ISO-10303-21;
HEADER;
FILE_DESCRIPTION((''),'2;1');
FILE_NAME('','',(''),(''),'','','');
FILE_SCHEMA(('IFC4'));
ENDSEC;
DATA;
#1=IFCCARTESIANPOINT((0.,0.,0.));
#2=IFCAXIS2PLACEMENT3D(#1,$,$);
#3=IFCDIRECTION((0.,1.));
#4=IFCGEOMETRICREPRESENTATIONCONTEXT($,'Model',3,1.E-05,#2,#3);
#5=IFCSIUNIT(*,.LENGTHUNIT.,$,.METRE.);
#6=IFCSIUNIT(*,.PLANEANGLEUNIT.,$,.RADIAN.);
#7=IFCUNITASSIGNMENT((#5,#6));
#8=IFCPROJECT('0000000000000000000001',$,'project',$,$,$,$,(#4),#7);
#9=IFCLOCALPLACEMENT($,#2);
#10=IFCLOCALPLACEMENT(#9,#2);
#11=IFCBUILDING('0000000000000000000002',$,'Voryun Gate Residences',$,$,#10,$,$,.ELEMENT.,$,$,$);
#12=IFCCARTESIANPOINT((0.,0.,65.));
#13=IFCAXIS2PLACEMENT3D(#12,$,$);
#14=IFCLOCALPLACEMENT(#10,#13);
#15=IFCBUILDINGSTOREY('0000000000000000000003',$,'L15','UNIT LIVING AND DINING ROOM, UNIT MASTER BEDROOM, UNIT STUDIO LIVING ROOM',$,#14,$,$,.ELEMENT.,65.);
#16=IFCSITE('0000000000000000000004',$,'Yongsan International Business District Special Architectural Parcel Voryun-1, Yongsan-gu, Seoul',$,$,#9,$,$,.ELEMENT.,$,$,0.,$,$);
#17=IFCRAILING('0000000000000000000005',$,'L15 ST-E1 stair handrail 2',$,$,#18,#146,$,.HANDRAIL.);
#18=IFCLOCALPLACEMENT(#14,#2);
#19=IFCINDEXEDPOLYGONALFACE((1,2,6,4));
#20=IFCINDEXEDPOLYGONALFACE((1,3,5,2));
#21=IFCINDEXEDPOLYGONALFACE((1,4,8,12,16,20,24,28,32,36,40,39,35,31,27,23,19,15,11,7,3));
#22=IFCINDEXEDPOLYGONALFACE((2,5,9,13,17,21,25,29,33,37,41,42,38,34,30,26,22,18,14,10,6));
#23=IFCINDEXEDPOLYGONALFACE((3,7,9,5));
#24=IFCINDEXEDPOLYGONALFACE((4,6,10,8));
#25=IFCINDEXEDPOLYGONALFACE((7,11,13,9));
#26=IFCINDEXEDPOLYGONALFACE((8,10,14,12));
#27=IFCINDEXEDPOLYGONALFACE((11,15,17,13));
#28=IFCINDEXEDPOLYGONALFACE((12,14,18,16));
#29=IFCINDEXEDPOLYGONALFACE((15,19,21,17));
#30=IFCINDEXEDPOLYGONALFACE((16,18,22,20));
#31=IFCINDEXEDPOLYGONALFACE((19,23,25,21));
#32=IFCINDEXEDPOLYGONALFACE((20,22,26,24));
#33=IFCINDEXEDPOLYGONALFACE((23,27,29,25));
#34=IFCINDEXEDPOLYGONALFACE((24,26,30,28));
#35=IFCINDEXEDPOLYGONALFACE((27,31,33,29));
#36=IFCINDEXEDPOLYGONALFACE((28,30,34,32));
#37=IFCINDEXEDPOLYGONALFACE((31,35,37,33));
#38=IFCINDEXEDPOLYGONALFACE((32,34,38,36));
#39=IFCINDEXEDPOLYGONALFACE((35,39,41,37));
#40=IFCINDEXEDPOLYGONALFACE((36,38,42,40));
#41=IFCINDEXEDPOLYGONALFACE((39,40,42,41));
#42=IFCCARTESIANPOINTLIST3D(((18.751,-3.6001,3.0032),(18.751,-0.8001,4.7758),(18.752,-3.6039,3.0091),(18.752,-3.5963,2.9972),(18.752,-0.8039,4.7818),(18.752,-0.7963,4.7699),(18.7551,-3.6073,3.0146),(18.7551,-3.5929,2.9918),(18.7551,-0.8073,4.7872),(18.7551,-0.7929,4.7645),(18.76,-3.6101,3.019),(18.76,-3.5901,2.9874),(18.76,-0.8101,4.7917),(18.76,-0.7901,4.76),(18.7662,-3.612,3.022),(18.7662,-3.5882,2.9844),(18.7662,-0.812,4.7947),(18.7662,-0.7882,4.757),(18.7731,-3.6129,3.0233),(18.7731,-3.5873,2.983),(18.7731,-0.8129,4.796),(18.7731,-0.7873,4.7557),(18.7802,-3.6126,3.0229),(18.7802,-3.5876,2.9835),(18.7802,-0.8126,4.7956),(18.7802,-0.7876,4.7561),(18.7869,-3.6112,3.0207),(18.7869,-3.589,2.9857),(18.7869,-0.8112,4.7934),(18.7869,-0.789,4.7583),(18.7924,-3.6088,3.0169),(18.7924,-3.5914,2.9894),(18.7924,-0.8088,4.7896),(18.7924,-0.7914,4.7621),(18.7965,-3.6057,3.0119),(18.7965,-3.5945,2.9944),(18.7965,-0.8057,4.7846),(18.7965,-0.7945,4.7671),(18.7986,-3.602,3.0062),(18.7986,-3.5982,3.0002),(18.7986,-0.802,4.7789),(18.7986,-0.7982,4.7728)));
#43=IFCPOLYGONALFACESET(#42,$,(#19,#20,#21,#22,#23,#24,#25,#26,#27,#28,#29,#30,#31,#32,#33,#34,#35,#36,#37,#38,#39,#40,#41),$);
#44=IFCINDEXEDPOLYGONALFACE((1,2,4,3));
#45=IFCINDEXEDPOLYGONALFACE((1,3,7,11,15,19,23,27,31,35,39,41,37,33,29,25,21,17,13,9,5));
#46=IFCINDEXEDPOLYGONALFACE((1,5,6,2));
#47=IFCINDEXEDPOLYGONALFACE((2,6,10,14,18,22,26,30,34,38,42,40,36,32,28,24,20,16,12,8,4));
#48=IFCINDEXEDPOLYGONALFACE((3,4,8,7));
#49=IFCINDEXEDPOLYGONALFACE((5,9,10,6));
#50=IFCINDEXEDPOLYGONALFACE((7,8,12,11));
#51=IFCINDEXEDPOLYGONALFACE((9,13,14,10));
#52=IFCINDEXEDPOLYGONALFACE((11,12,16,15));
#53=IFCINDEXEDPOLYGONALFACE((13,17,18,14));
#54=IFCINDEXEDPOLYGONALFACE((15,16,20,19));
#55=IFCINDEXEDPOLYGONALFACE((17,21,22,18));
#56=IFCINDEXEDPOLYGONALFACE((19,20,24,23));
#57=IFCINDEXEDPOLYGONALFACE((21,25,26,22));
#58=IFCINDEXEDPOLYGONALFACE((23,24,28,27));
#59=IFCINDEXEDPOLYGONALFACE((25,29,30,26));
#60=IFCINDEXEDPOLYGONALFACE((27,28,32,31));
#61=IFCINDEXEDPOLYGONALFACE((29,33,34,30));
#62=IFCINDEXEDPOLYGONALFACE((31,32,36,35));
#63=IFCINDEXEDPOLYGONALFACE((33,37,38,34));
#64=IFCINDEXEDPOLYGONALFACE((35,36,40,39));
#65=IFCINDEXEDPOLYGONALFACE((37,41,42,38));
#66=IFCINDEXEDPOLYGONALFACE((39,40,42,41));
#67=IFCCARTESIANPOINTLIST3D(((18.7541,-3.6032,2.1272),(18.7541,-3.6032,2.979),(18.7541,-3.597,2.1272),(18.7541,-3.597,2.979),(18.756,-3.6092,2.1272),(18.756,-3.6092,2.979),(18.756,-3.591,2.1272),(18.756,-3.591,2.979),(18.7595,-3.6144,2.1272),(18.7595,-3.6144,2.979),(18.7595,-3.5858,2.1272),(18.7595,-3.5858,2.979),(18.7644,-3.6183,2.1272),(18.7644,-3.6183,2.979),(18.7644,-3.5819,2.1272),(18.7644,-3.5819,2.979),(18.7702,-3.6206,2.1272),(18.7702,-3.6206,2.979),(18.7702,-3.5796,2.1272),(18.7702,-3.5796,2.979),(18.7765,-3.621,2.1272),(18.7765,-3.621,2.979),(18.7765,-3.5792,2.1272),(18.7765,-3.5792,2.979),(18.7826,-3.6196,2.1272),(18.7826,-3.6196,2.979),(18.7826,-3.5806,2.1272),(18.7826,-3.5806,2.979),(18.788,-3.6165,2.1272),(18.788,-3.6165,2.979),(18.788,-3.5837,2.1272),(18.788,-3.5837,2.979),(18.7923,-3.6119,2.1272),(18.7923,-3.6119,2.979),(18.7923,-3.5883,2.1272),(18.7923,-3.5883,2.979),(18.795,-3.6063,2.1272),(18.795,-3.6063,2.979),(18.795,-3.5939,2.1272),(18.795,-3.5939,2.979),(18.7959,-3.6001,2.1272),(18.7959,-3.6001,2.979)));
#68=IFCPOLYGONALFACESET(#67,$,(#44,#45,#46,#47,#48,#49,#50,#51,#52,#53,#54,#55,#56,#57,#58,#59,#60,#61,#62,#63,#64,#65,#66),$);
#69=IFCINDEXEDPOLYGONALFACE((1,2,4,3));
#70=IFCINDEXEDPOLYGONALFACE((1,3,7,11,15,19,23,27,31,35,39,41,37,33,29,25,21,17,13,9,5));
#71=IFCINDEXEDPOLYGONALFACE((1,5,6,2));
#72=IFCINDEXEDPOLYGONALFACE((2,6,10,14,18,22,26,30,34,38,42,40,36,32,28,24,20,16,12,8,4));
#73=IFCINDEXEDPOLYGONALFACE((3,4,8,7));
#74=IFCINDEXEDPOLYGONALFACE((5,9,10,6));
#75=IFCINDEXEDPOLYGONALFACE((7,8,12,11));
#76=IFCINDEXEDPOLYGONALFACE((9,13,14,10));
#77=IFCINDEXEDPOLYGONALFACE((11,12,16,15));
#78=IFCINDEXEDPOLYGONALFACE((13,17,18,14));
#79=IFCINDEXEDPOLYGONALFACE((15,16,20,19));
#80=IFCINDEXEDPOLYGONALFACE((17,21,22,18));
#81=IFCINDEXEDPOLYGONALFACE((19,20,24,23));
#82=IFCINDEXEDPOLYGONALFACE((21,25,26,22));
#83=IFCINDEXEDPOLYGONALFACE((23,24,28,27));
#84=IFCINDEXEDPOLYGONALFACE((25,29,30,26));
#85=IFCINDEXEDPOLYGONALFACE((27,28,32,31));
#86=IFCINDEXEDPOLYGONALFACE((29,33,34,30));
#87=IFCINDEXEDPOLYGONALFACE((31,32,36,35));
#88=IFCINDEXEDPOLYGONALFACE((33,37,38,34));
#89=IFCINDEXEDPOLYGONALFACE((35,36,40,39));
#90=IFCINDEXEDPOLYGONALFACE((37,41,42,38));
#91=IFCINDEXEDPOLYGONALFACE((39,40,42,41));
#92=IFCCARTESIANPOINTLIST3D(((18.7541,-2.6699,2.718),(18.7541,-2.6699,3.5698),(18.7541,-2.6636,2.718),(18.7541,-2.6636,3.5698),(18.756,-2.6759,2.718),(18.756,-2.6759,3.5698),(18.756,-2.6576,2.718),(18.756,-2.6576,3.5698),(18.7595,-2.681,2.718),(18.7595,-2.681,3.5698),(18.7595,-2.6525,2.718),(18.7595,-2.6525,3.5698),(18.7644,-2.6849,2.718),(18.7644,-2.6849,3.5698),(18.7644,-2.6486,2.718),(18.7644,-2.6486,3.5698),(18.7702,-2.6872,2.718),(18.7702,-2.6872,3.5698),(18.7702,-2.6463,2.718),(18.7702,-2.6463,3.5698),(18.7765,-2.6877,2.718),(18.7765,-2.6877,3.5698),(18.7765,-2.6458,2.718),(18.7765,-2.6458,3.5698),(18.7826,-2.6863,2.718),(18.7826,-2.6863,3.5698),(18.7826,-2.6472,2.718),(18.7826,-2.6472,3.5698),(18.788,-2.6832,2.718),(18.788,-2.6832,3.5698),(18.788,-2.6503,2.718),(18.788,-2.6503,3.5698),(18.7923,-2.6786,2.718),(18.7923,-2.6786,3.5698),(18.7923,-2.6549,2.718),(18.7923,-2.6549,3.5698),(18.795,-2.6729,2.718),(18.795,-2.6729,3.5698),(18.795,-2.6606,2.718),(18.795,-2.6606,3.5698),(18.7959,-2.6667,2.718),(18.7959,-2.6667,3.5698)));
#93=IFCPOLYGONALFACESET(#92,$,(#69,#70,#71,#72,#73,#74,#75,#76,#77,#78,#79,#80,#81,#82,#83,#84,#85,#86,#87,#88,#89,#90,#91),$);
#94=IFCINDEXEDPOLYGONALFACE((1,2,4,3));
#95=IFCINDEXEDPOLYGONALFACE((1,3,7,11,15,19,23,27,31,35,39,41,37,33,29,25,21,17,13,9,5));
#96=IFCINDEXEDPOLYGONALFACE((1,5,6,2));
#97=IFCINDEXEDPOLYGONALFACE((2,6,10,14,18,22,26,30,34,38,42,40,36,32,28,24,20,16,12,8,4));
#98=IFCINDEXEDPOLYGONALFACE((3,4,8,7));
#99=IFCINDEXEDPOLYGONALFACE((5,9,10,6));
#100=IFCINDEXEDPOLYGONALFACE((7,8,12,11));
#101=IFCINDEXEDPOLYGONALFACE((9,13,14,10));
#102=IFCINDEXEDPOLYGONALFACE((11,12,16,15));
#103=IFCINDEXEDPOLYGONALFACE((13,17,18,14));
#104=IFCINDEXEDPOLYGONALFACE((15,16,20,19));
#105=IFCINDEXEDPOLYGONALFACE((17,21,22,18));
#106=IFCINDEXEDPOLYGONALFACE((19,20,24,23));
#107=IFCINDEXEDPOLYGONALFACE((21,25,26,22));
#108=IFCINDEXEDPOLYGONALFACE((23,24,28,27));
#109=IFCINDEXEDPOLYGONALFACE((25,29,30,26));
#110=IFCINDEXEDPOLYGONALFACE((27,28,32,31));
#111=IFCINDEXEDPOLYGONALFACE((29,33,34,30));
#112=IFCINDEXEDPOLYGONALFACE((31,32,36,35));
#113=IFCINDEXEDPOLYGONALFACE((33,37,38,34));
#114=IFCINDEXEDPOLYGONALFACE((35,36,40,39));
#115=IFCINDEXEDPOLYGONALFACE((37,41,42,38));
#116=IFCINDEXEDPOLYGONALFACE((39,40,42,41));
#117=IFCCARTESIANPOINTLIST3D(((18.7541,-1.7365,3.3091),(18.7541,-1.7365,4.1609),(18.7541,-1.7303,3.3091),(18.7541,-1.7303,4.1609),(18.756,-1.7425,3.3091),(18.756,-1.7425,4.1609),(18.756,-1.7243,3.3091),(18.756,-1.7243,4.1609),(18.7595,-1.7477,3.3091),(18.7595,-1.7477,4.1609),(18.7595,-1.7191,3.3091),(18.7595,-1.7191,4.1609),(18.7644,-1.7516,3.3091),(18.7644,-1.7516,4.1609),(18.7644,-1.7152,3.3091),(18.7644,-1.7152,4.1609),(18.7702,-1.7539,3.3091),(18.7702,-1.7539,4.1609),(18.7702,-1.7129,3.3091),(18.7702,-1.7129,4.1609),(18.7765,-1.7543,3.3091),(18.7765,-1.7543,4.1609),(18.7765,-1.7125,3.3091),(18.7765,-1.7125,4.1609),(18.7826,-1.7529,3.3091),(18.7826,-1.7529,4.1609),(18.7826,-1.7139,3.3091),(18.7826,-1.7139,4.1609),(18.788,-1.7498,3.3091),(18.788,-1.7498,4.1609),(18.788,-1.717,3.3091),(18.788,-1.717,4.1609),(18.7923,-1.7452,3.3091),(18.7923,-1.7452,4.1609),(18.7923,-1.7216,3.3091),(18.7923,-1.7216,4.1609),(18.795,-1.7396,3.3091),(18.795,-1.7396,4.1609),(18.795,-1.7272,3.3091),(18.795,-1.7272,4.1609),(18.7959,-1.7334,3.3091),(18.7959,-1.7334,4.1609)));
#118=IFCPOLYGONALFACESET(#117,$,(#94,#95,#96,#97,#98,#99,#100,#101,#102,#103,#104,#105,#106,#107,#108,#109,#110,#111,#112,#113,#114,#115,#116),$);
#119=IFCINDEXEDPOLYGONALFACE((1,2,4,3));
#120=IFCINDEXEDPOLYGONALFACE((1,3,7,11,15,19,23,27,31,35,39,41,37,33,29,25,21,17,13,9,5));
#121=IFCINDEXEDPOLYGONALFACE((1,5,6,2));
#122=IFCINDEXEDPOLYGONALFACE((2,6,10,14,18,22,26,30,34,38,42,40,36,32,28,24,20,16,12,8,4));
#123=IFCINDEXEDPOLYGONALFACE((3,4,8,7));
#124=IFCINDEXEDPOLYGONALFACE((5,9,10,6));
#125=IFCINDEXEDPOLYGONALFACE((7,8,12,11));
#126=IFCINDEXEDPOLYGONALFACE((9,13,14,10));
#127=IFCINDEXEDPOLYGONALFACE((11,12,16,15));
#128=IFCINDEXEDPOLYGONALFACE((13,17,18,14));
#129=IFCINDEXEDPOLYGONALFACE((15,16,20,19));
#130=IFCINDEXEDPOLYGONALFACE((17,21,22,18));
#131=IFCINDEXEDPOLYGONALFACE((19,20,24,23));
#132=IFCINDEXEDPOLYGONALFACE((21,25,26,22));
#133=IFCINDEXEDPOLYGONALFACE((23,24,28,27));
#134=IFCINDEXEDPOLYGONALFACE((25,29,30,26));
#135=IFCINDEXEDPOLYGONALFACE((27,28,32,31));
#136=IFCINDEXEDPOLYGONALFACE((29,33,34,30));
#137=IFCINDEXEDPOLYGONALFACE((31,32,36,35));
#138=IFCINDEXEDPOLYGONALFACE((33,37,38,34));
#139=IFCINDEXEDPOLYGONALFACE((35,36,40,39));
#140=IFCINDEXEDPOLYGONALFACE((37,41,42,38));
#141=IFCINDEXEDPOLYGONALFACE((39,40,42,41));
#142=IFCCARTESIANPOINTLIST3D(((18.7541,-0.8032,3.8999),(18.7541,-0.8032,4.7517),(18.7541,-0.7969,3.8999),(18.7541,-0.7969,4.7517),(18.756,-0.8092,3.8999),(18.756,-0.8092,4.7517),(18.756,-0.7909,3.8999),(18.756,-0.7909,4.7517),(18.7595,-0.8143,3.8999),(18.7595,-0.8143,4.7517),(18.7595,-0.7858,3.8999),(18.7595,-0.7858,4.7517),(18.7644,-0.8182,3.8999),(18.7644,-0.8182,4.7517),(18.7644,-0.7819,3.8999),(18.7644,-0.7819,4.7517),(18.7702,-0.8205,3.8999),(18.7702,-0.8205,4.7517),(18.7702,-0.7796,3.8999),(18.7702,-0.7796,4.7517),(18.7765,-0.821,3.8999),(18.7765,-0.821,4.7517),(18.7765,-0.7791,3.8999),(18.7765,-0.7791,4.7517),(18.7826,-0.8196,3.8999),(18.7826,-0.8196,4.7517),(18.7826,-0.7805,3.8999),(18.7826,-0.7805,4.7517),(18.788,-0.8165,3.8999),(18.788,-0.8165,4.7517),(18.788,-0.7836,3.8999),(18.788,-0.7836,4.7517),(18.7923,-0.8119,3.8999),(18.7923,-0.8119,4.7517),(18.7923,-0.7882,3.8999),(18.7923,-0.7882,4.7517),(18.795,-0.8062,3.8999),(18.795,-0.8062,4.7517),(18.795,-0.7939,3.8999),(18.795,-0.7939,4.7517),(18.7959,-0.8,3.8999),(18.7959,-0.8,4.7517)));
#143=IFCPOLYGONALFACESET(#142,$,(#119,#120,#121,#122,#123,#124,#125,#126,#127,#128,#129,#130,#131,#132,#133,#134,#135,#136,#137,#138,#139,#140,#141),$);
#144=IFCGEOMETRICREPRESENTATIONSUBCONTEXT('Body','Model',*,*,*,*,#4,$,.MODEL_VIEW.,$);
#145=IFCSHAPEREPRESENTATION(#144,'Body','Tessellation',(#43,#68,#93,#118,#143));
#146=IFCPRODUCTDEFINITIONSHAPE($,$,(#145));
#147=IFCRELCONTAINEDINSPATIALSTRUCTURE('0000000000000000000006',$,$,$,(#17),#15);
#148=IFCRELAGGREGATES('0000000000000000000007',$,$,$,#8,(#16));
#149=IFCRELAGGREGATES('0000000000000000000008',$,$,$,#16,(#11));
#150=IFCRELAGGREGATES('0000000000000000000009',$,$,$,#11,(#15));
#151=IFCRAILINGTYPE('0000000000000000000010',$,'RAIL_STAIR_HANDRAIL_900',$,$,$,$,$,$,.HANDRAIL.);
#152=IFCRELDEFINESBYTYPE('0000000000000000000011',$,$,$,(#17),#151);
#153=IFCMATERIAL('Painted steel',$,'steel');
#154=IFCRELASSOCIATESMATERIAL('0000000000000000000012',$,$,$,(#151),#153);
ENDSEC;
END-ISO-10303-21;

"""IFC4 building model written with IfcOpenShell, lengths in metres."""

from ifc_helpers import new_model, si_unit, direction, frame, origin, origin_2d, place, context, subcontext, project, spatial, circle, extrude, material, type_object, element, save


model = new_model("IFC4")

# Units and contexts
model_context = context("Model", 3, precision=1e-05, world=origin(), true_north=direction((0.0, 1.0)))
body_context = subcontext(model_context, "Body", "Model", "MODEL_VIEW")
ifc_project = project(units=[si_unit("LENGTHUNIT", "METRE"), si_unit("PLANEANGLEUNIT", "RADIAN")], contexts=[model_context])

# Site, building, storey
site_placement = place(None, origin())
site = spatial("IfcSite", under=ifc_project, at=site_placement, Name="Yongsan International Business District Special Architectural Parcel Voryun-1, Yongsan-gu, Seoul", CompositionType="ELEMENT", RefElevation=0.0)
building_placement = place(site_placement, origin())
building = spatial("IfcBuilding", under=site, at=building_placement, Name="Voryun Gate Residences", CompositionType="ELEMENT")
storey_placement = place(building_placement, frame((0.0, 0.0, 65.0)))
storey = spatial("IfcBuildingStorey", under=building, at=storey_placement, Name="L15", Description="UNIT LIVING AND DINING ROOM, UNIT MASTER BEDROOM, UNIT STUDIO LIVING ROOM", CompositionType="ELEMENT", Elevation=65.0)

# Railing
ifc_material_1 = material(Name="Painted steel", Category="steel")
railing_type_1 = type_object("IfcRailingType", Name="RAIL_STAIR_HANDRAIL_900", PredefinedType="HANDRAIL", material=ifc_material_1)
railing_1_placement = place(storey_placement, frame((18.7749, -3.6001, 2.1272)))
element("IfcRailing", 1, at=railing_1_placement, inside=storey, type_object=railing_type_1, Name="L15 ST-E1 stair handrail 2", PredefinedType="HANDRAIL", context=body_context, shape_type="SweptSolid", body=[
    extrude(circle(Radius=0.0239, at=origin_2d()), frame((0.0, 0.0, 0.876), z_axis=(0.0, 0.844909, 0.53491), x_axis=(-1.0, 0.0, 0.0)), (0.0, 0.0, 1.0), 3.314),
    extrude(circle(Radius=0.021, at=origin_2d()), origin(), (0.0, 0.0, 1.0), 0.8518),
    extrude(circle(Radius=0.021, at=origin_2d()), frame((0.0, 0.9333, 0.5908)), (0.0, 0.0, 1.0), 0.8518),
    extrude(circle(Radius=0.021, at=origin_2d()), frame((0.0, 1.8667, 1.1819)), (0.0, 0.0, 1.0), 0.8518),
    extrude(circle(Radius=0.021, at=origin_2d()), frame((0.0, 2.8, 1.7727)), (0.0, 0.0, 1.0), 0.8518),
])

save(model, "model.ifc")
